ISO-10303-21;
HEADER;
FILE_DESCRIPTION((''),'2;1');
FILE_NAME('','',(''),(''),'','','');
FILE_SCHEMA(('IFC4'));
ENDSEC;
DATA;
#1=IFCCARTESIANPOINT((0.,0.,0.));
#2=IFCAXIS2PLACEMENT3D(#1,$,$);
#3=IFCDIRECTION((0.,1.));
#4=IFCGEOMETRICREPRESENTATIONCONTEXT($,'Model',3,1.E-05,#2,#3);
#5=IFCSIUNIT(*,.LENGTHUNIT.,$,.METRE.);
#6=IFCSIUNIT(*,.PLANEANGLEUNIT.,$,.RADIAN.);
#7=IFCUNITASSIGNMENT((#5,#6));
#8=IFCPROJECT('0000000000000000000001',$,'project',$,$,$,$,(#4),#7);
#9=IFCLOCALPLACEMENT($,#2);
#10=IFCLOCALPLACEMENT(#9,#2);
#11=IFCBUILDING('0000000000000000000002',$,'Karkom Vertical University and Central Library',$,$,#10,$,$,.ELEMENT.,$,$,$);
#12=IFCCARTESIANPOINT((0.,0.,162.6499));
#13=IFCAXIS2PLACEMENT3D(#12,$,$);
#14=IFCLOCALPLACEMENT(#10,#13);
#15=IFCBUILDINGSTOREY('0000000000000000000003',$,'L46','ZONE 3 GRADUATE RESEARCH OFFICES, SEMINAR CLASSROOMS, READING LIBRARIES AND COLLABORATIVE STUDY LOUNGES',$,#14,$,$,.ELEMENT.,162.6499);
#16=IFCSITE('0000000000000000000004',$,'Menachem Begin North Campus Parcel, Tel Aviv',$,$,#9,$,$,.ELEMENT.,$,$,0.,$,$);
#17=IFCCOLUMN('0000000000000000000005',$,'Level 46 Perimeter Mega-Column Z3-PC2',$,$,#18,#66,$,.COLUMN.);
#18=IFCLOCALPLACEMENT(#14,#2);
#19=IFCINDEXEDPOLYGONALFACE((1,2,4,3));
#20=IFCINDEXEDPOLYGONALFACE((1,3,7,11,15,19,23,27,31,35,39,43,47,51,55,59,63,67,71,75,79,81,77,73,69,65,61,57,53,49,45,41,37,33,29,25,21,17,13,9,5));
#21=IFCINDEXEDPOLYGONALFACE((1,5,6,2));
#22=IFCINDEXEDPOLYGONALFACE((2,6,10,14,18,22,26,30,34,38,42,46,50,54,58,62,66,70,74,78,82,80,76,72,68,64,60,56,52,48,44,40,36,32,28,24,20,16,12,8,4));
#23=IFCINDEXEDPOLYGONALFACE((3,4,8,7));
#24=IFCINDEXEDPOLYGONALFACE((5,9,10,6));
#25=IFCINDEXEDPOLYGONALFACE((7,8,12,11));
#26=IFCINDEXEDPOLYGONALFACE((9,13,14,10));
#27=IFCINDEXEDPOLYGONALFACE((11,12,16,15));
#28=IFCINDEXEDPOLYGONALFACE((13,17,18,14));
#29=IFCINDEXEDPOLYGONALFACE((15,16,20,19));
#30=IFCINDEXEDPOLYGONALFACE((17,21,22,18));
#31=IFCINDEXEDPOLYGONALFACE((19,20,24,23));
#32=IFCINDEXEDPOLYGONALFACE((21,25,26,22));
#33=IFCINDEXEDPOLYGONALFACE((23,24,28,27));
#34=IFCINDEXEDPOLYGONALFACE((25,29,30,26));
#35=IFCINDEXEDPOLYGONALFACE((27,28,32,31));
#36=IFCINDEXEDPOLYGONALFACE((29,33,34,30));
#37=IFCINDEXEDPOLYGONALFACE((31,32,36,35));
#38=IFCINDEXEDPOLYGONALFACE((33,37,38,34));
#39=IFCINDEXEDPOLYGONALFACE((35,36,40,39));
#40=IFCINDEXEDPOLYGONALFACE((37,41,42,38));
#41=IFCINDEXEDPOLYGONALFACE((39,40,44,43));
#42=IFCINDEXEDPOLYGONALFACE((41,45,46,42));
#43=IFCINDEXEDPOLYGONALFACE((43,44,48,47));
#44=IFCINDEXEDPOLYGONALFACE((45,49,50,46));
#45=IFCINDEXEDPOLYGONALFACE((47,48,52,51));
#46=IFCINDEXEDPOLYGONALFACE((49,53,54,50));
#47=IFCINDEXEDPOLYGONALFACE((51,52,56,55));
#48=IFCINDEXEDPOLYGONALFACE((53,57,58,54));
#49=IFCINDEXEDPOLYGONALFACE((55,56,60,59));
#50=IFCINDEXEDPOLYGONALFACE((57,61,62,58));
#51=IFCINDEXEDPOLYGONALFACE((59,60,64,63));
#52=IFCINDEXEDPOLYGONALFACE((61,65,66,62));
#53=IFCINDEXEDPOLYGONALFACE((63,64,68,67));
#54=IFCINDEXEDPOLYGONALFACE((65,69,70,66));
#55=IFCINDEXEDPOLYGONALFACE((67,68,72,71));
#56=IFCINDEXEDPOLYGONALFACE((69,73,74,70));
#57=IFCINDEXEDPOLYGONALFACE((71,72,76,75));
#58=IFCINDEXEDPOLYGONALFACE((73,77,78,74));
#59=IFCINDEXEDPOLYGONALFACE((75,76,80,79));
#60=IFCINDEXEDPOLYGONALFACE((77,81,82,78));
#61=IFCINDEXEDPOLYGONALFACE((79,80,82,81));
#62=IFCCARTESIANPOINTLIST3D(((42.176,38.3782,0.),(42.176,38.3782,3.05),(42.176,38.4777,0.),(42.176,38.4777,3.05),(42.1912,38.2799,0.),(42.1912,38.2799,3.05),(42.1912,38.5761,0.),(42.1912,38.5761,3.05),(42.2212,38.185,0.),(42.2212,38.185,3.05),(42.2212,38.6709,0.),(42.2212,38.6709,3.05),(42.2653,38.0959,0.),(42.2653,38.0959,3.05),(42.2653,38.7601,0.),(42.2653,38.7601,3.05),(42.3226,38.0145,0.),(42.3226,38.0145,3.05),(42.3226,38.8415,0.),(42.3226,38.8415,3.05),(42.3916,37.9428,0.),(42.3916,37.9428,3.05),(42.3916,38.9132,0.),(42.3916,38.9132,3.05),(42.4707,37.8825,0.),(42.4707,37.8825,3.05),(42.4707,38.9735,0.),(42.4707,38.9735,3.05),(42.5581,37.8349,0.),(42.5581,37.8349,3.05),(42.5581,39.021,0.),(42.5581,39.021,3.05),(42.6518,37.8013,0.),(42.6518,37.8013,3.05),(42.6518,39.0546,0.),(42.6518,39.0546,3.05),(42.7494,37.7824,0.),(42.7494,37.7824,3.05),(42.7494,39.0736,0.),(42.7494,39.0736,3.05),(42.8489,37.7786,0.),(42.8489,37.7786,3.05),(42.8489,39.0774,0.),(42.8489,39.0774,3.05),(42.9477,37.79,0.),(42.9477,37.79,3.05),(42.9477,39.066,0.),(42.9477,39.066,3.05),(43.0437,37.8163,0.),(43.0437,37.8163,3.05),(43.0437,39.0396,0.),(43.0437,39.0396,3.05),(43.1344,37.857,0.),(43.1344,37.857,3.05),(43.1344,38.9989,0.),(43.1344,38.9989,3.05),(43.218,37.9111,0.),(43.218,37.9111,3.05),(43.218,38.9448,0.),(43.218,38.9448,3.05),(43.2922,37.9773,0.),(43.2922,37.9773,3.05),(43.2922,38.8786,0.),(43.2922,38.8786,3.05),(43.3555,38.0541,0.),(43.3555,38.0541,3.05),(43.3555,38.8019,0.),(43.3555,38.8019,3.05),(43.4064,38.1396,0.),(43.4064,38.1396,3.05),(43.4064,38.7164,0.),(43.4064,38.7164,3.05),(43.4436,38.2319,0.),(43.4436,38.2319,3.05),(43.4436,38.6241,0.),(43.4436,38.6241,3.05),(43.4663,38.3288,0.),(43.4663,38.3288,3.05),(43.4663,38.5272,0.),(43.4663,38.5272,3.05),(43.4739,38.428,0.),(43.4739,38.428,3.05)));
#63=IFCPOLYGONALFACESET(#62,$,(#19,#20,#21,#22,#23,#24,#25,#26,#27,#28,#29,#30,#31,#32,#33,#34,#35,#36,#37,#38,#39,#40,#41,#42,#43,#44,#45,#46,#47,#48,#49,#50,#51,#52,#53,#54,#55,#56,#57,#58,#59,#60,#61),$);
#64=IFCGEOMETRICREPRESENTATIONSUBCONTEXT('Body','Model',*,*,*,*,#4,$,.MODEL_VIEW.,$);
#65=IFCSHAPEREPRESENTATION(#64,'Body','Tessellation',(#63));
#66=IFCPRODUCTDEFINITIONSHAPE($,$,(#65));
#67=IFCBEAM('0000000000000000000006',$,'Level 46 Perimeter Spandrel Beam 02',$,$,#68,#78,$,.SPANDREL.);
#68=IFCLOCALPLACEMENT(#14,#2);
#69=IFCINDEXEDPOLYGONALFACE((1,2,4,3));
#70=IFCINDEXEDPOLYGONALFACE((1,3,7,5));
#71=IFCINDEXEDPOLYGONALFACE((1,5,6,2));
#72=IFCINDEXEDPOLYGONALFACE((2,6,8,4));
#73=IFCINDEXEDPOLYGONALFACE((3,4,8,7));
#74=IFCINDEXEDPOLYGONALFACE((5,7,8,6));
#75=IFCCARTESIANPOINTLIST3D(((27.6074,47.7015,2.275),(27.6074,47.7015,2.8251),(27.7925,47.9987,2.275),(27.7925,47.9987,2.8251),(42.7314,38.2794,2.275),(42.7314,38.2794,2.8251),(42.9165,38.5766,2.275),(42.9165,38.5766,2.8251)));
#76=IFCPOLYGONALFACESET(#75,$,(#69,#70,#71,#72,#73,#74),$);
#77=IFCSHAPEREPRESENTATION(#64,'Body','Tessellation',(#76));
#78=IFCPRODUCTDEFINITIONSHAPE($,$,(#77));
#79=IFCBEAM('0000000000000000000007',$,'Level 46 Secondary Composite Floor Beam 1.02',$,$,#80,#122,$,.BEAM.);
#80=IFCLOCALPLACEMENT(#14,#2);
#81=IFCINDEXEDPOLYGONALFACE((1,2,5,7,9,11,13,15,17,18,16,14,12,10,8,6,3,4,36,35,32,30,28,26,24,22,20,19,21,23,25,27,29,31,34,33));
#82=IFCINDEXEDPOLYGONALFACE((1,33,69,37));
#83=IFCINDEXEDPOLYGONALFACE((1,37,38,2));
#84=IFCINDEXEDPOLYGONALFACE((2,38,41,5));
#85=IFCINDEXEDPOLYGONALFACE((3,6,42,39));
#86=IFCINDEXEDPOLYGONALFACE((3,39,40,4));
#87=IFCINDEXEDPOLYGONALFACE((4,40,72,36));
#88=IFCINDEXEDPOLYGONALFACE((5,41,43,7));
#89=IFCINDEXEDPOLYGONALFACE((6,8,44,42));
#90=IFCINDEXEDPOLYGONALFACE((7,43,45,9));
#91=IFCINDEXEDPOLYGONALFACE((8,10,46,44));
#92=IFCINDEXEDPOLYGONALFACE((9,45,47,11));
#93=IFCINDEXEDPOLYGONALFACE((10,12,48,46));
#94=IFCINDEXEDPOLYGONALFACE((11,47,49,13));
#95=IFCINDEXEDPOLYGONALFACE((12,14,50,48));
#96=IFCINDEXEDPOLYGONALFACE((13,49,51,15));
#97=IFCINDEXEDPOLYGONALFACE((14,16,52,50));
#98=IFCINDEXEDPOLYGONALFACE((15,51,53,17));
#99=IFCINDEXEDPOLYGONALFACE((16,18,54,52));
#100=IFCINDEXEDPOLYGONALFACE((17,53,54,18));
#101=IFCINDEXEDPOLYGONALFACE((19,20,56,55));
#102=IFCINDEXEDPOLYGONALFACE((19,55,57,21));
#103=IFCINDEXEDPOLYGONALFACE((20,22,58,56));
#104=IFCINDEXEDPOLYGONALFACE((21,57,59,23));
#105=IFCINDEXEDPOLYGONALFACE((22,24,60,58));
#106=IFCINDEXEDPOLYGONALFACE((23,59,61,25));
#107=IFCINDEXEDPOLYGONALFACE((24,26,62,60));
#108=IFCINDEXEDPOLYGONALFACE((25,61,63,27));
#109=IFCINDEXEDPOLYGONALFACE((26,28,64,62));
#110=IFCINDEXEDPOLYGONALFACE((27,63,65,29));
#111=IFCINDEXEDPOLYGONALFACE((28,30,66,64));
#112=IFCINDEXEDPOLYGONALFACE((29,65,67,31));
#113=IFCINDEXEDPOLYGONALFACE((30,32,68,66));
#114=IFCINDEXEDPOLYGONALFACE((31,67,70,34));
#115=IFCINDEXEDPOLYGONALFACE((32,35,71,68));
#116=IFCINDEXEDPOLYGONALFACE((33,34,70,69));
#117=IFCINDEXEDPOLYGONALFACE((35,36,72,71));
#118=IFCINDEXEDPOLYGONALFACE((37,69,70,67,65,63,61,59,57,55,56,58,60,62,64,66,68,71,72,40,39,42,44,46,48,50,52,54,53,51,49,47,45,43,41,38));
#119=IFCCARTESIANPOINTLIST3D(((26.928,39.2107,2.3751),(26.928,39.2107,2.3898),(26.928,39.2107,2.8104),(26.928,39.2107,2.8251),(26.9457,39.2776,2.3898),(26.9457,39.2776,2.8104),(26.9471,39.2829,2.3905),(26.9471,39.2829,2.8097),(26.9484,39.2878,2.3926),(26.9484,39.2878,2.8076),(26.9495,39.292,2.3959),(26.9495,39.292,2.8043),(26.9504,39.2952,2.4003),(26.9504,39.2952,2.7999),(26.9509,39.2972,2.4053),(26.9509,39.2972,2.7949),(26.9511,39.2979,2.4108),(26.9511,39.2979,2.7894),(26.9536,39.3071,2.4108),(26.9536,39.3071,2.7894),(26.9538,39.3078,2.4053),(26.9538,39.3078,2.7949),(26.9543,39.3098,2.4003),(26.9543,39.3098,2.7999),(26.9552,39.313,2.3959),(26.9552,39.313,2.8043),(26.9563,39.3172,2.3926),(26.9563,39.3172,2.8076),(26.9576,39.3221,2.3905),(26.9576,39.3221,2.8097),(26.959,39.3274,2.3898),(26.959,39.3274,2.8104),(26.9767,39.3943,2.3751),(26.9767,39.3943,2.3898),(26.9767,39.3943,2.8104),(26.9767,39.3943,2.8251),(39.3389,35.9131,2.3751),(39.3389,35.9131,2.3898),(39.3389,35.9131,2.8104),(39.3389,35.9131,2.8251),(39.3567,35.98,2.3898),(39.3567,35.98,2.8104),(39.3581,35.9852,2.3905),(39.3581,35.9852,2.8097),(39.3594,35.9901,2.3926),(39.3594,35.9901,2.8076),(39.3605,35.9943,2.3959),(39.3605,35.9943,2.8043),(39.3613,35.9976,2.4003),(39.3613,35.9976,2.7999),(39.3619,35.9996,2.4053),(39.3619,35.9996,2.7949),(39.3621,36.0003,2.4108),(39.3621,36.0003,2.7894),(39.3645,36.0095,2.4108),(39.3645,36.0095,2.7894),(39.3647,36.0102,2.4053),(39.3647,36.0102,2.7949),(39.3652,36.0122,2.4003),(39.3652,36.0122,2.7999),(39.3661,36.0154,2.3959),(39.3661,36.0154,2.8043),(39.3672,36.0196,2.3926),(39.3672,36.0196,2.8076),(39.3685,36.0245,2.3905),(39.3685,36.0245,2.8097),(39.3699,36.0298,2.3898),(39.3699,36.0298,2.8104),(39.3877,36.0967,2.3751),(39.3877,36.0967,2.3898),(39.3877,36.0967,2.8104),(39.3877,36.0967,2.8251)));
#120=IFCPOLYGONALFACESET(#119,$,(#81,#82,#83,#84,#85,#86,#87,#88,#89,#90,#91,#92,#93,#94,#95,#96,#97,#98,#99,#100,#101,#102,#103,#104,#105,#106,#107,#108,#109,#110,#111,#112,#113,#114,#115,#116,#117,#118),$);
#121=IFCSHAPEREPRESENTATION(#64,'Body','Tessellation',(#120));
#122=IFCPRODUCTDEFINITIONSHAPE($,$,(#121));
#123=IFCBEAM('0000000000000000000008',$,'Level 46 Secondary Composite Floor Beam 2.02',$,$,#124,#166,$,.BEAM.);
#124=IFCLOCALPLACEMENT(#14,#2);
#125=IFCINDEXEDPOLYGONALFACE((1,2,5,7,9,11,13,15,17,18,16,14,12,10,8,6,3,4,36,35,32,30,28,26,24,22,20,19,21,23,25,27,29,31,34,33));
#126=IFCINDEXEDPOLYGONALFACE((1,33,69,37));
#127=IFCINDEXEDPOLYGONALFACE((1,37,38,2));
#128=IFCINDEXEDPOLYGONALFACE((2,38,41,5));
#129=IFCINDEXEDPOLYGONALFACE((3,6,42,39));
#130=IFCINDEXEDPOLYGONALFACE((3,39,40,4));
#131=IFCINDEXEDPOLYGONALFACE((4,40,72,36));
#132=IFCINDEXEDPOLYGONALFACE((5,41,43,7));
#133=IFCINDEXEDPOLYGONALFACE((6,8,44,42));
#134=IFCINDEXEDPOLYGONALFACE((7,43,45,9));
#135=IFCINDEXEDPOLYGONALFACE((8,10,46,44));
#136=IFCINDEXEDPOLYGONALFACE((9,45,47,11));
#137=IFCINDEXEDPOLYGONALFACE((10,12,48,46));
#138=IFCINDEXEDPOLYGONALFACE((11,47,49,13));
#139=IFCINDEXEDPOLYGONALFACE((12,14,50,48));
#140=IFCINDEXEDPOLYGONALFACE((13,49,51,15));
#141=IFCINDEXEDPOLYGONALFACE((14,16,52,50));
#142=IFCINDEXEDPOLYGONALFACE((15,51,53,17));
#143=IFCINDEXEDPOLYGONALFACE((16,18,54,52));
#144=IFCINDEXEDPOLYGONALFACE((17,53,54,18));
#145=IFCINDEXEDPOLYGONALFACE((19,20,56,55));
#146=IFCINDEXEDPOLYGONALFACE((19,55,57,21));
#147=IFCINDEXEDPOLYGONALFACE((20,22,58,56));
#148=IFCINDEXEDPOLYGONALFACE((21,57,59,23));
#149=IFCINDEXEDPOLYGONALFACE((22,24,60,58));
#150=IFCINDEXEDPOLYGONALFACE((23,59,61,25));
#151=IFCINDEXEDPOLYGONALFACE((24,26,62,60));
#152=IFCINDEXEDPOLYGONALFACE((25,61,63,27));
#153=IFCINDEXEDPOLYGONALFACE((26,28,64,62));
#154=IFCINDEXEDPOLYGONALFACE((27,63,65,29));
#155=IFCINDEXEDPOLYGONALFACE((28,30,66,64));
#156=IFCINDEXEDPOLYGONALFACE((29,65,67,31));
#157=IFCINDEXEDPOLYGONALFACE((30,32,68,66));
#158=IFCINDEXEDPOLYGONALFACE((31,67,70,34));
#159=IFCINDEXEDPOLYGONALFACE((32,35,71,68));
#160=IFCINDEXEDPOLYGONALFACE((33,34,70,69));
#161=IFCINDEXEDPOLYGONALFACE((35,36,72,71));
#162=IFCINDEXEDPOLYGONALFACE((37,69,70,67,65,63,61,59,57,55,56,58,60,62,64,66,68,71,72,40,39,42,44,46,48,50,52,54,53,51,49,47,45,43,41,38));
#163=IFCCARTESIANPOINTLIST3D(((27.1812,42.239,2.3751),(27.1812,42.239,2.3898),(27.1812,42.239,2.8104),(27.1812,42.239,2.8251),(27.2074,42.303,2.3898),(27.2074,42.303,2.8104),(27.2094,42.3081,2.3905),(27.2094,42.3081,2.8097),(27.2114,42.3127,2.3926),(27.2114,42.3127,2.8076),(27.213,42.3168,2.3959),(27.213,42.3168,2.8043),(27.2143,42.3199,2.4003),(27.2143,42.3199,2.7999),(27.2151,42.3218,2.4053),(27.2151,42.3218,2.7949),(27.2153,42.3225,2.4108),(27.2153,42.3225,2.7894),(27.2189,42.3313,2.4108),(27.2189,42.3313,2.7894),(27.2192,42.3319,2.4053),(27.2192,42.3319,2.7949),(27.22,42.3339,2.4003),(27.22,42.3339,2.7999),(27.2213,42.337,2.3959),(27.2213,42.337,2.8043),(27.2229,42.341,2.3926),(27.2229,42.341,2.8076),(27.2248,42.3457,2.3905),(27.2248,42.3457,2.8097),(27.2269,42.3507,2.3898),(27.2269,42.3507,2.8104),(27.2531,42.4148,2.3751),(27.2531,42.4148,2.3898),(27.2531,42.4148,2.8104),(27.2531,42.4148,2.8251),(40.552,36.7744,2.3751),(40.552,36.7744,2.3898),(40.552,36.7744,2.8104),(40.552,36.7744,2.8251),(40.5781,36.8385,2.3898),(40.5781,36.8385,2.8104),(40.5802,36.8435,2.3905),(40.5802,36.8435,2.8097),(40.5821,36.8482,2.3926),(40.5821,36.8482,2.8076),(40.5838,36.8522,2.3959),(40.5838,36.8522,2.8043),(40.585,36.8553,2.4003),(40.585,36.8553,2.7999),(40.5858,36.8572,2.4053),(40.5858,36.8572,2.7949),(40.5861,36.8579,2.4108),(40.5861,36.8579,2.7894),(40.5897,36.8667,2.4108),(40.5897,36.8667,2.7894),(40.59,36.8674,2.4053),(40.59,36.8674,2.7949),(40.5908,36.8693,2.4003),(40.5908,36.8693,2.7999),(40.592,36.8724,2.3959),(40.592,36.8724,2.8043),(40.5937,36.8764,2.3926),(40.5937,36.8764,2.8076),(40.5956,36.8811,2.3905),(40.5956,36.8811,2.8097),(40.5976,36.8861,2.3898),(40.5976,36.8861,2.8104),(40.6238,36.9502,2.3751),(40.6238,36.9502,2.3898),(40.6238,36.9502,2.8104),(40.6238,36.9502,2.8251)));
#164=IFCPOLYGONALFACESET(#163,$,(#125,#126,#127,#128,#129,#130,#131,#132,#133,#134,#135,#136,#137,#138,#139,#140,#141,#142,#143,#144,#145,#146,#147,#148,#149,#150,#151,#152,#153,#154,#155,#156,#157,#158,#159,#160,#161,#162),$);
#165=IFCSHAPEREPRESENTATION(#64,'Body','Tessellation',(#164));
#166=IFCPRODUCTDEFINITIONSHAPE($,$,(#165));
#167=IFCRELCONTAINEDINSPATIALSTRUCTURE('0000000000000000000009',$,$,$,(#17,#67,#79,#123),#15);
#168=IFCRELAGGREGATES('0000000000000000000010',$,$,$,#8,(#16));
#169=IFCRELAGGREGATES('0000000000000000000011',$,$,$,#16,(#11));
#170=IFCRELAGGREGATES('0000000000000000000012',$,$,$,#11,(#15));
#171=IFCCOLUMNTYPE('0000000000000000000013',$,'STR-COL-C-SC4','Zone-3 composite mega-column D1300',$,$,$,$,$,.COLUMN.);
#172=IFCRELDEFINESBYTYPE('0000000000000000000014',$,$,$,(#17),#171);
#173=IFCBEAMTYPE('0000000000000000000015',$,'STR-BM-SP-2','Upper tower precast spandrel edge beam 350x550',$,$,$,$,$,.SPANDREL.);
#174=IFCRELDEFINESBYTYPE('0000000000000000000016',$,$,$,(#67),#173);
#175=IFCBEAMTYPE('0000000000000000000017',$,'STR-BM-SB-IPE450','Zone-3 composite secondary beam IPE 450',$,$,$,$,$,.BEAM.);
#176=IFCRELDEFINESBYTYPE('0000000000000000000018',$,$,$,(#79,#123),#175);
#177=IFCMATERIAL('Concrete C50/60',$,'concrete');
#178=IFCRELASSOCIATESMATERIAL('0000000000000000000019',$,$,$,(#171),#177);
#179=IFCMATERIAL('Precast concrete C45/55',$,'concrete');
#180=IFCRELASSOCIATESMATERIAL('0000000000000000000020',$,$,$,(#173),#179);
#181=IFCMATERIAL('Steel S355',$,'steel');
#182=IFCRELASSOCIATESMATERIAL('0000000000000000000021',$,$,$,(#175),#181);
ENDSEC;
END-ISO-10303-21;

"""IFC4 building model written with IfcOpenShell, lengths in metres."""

from ifc_helpers import new_model, si_unit, direction, frame, origin, origin_with_axes, origin_2d, place, context, subcontext, project, spatial, rectangle, circle, i_section, extrude, source, transform, mapped, material, material_profile, profile_set, type_object, element, save


model = new_model("IFC4")

# Units and contexts
model_context = context("Model", 3, precision=1e-05, world=origin(), true_north=direction((0.0, 1.0)))
body_context = subcontext(model_context, "Body", "Model", "MODEL_VIEW")
ifc_project = project(units=[si_unit("LENGTHUNIT", "METRE"), si_unit("PLANEANGLEUNIT", "RADIAN")], contexts=[model_context])

# Site, building, storey
site_placement = place(None, origin())
site = spatial("IfcSite", under=ifc_project, at=site_placement, Name="Menachem Begin North Campus Parcel, Tel Aviv", CompositionType="ELEMENT", RefElevation=0.0)
building_placement = place(site_placement, origin())
building = spatial("IfcBuilding", under=site, at=building_placement, Name="Karkom Vertical University and Central Library", CompositionType="ELEMENT")
storey_placement = place(building_placement, frame((0.0, 0.0, 162.6499)))
storey = spatial("IfcBuildingStorey", under=building, at=storey_placement, Name="L46", Description="ZONE 3 GRADUATE RESEARCH OFFICES, SEMINAR CLASSROOMS, READING LIBRARIES AND COLLABORATIVE STUDY LOUNGES", CompositionType="ELEMENT", Elevation=162.6499)

# Column
ifc_material_1 = material(Name="Concrete C50/60", Category="concrete")
ifc_material_profile_1 = material_profile(ifc_material_1, circle(Radius=0.6499, at=origin_2d()), Name="CFT-D1300")
ifc_profile_set_1 = profile_set([ifc_material_profile_1], Name="Concrete C50/60")
column_type = type_object("IfcColumnType", Name="STR-COL-C-SC4", Description="Zone-3 composite mega-column D1300", PredefinedType="COLUMN", material=ifc_profile_set_1)
shared_shape_1 = source(origin_with_axes(), body_context, "Body", "SweptSolid", [
    extrude(circle(Radius=0.6499, at=origin_2d()), origin(), (0.0, 0.0, 1.0), 3.05),
])
column_placement = place(storey_placement, frame((42.824, 38.428, 0.0), z_axis=(0.0, 0.0, 1.0), x_axis=(1.0, 0.0, 0.0)))
element("IfcColumn", 1, at=column_placement, inside=storey, type_object=column_type, Name="Level 46 Perimeter Mega-Column Z3-PC2", PredefinedType="COLUMN", context=body_context, shape_type="MappedRepresentation", body=[
    mapped(shared_shape_1, transform((0.0, 0.0, 0.0), scale=1.0)),
])

# Beams
ifc_material_2 = material(Name="Precast concrete C45/55", Category="concrete")
ifc_material_profile_2 = material_profile(ifc_material_2, rectangle(XDim=0.3501, YDim=0.55, at=origin_2d()), Name="SPB-350x550")
ifc_profile_set_2 = profile_set([ifc_material_profile_2], Name="Precast concrete C45/55")
beam_type_1 = type_object("IfcBeamType", Name="STR-BM-SP-2", Description="Upper tower precast spandrel edge beam 350x550", PredefinedType="SPANDREL", material=ifc_profile_set_2)
shared_shape_2 = source(origin_with_axes(), body_context, "Body", "SweptSolid", [
    extrude(rectangle(XDim=0.3501, YDim=0.55, at=origin_2d()), origin(), (0.0, 0.0, 1.0), 17.8188),
])
beam_1_placement = place(storey_placement, frame((42.824, 38.428, 2.55), z_axis=(-0.848764, 0.528772, 0.0), x_axis=(-0.528772, -0.848764, 0.0)))
element("IfcBeam", 2, at=beam_1_placement, inside=storey, type_object=beam_type_1, Name="Level 46 Perimeter Spandrel Beam 02", PredefinedType="SPANDREL", context=body_context, shape_type="MappedRepresentation", body=[
    mapped(shared_shape_2, transform((0.0, 0.0, 0.0), scale=1.0)),
])
ifc_material_3 = material(Name="Steel S355", Category="steel")
ifc_material_profile_3 = material_profile(ifc_material_3, i_section(OverallWidth=0.1899, OverallDepth=0.45, WebThickness=0.0095, FlangeThickness=0.0146, FilletRadius=0.021, at=origin_2d()), Name="IPE 450")
ifc_profile_set_3 = profile_set([ifc_material_profile_3], Name="Steel S355")
beam_type_2 = type_object("IfcBeamType", Name="STR-BM-SB-IPE450", Description="Zone-3 composite secondary beam IPE 450", PredefinedType="BEAM", material=ifc_profile_set_3)
shared_shape_3 = source(origin_with_axes(), body_context, "Body", "SweptSolid", [
    extrude(i_section(OverallWidth=0.1899, OverallDepth=0.45, WebThickness=0.0095, FlangeThickness=0.0146, FilletRadius=0.021, at=origin_2d()), origin(), (0.0, 0.0, 1.0), 12.8416),
])
beam_2_placement = place(storey_placement, frame((39.3633, 36.0049, 2.6001), z_axis=(-0.966466, 0.256793, 0.0), x_axis=(-0.256793, -0.966466, 0.0)))
element("IfcBeam", 3, at=beam_2_placement, inside=storey, type_object=beam_type_2, Name="Level 46 Secondary Composite Floor Beam 1.02", PredefinedType="BEAM", context=body_context, shape_type="MappedRepresentation", body=[
    mapped(shared_shape_3, transform((0.0, 0.0, 0.0), scale=1.0)),
])
shared_shape_4 = source(origin_with_axes(), body_context, "Body", "SweptSolid", [
    extrude(i_section(OverallWidth=0.1899, OverallDepth=0.45, WebThickness=0.0095, FlangeThickness=0.0146, FilletRadius=0.021, at=origin_2d()), origin(), (0.0, 0.0, 1.0), 14.4443),
])
beam_3_placement = place(storey_placement, frame((40.5879, 36.8623, 2.6001), z_axis=(-0.925675, 0.378319, 0.0), x_axis=(-0.378319, -0.925675, 0.0)))
element("IfcBeam", 4, at=beam_3_placement, inside=storey, type_object=beam_type_2, Name="Level 46 Secondary Composite Floor Beam 2.02", PredefinedType="BEAM", context=body_context, shape_type="MappedRepresentation", body=[
    mapped(shared_shape_4, transform((0.0, 0.0, 0.0), scale=1.0)),
])

save(model, "model.ifc")
